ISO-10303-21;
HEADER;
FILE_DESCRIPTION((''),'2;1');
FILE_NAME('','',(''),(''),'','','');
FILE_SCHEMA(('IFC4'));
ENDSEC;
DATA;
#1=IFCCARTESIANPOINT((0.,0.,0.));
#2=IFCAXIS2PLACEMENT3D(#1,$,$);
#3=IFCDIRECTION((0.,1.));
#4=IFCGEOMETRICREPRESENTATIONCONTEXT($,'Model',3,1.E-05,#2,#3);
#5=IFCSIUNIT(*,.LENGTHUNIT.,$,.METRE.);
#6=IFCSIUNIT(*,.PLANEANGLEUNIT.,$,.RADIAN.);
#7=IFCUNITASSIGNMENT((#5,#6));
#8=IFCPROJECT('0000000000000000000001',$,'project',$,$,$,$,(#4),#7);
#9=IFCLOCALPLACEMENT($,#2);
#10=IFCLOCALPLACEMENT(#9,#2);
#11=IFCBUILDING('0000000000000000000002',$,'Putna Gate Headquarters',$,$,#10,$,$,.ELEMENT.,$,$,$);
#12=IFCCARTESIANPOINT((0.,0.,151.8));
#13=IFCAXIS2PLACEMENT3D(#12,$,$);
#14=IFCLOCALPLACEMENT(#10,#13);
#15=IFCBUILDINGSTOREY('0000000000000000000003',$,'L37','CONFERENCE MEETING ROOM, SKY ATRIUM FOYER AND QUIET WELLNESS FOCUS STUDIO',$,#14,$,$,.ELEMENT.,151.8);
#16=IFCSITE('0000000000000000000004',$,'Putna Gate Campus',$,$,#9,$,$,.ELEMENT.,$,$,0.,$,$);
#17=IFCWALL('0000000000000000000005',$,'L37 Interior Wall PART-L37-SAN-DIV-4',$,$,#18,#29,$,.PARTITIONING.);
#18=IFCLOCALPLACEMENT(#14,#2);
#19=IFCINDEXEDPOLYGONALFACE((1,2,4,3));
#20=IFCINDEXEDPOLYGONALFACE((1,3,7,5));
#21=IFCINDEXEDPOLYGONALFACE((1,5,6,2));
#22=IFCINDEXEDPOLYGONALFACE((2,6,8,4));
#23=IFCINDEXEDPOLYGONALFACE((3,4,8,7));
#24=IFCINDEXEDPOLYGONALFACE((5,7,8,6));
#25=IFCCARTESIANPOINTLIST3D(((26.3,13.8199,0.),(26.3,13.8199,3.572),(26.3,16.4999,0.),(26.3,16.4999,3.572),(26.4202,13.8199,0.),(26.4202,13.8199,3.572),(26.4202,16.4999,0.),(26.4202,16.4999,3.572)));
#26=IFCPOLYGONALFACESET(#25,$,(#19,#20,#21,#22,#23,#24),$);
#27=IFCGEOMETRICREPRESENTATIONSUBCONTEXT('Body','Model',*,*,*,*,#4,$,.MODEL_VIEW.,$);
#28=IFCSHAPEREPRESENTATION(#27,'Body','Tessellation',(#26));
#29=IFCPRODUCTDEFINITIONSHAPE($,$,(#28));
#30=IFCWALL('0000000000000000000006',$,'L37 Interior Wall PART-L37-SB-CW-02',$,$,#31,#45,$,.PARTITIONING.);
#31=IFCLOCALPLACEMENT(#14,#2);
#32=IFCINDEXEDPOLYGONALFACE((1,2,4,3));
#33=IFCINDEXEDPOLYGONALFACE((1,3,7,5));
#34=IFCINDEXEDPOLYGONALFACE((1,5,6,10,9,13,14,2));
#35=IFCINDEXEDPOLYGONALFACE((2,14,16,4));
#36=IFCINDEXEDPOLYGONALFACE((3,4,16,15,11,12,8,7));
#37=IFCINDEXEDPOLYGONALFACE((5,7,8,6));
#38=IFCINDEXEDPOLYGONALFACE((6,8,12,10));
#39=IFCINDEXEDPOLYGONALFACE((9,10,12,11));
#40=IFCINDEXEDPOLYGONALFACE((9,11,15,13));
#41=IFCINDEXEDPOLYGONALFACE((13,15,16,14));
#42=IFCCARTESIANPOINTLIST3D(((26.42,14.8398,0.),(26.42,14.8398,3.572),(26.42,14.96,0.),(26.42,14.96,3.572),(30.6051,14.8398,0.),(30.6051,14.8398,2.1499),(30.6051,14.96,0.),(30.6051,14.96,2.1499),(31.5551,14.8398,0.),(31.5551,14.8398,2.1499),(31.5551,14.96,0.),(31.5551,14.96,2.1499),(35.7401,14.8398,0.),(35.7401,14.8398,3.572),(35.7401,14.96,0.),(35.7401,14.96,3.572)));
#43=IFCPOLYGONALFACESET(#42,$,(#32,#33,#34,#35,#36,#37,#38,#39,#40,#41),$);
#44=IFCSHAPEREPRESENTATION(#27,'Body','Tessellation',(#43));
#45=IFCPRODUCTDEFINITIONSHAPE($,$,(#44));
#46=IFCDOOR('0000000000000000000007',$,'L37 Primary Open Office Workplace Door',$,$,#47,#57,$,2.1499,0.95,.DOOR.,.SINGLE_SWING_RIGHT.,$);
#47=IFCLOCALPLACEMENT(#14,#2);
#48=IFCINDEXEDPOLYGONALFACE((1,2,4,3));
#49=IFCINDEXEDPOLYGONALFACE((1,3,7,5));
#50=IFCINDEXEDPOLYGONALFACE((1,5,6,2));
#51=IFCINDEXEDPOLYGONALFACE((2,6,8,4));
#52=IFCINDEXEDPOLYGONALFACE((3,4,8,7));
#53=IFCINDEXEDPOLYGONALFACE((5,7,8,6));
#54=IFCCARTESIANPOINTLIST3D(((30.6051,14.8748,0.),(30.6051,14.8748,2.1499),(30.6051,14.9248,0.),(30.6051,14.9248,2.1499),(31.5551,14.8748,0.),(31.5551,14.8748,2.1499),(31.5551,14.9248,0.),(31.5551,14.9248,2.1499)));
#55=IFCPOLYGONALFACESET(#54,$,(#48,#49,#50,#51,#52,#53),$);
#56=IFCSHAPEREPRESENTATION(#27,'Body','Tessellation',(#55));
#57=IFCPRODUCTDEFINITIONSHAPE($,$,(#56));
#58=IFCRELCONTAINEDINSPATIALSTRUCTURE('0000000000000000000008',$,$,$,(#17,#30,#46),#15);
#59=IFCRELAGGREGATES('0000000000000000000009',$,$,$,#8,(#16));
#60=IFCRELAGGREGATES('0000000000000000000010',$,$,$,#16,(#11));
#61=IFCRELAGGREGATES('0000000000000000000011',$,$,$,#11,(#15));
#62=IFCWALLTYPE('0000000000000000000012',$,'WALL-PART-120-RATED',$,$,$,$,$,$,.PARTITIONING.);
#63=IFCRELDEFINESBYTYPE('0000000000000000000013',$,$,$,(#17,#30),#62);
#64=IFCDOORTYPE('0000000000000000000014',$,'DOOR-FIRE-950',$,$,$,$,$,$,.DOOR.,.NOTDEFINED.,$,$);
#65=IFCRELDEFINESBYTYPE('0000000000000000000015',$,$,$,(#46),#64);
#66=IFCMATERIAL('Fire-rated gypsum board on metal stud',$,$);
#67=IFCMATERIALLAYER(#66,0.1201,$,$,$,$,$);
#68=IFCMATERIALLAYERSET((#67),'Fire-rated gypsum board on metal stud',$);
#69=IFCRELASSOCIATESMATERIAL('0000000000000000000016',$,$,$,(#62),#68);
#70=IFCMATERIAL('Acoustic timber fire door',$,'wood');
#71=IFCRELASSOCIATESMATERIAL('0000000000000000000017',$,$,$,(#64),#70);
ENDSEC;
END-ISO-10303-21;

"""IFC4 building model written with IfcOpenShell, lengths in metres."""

from ifc_helpers import new_model, si_unit, direction, frame, frame_2d, origin, place, context, subcontext, project, spatial, rectangle, extrude, material, layer, layer_set, type_object, element, fill, save


model = new_model("IFC4")

# Units and contexts
model_context = context("Model", 3, precision=1e-05, world=origin(), true_north=direction((0.0, 1.0)))
body_context = subcontext(model_context, "Body", "Model", "MODEL_VIEW")
ifc_project = project(units=[si_unit("LENGTHUNIT", "METRE"), si_unit("PLANEANGLEUNIT", "RADIAN")], contexts=[model_context])

# Site, building, storey
site_placement = place(None, origin())
site = spatial("IfcSite", under=ifc_project, at=site_placement, Name="Putna Gate Campus", CompositionType="ELEMENT", RefElevation=0.0)
building_placement = place(site_placement, origin())
building = spatial("IfcBuilding", under=site, at=building_placement, Name="Putna Gate Headquarters", CompositionType="ELEMENT")
storey_placement = place(building_placement, frame((0.0, 0.0, 151.8)))
storey = spatial("IfcBuildingStorey", under=building, at=storey_placement, Name="L37", Description="CONFERENCE MEETING ROOM, SKY ATRIUM FOYER AND QUIET WELLNESS FOCUS STUDIO", CompositionType="ELEMENT", Elevation=151.8)

# Wall
ifc_material_1 = material(Name="Fire-rated gypsum board on metal stud")
ifc_layer_1 = layer(ifc_material_1, 0.1201)
ifc_layer_set_1 = layer_set([ifc_layer_1], Name="Fire-rated gypsum board on metal stud")
wall_type = type_object("IfcWallType", Name="WALL-PART-120-RATED", PredefinedType="PARTITIONING", material=ifc_layer_set_1)
wall_1_placement = place(storey_placement, frame((26.3601, 13.8201, 0.0), z_axis=(0.0, 0.0, 1.0), x_axis=(0.0, 1.0, 0.0)))
element("IfcWall", 1, at=wall_1_placement, inside=storey, type_object=wall_type, Name="L37 Interior Wall PART-L37-SAN-DIV-4", PredefinedType="PARTITIONING", context=body_context, shape_type="SweptSolid", body=[
    extrude(rectangle(XDim=2.6799, YDim=0.1201, at=frame_2d((1.3398, 0.0))), origin(), (0.0, 0.0, 1.0), 3.572),
])

# Wall, opening, door
wall_2_placement = place(storey_placement, frame((26.4199, 14.8999, 0.0), z_axis=(0.0, 0.0, 1.0), x_axis=(1.0, 0.0, 0.0)))
wall_2 = element("IfcWall", 2, at=wall_2_placement, inside=storey, type_object=wall_type, Name="L37 Interior Wall PART-L37-SB-CW-02", PredefinedType="PARTITIONING", context=body_context, shape_type="SweptSolid", body=[
    extrude(rectangle(XDim=9.3201, YDim=0.1201, at=frame_2d((4.6602, 0.0))), origin(), (0.0, 0.0, 1.0), 3.572),
])
opening_placement = place(wall_2_placement, frame((4.1851, 0.0, 0.0)))
opening = element("IfcOpeningElement", 3, at=opening_placement, cuts=wall_2, PredefinedType="OPENING", context=body_context, shape_type="SweptSolid", body=[
    extrude(rectangle(XDim=0.95, YDim=2.1499, at=frame_2d((0.4751, 1.075))), frame((0.0, 0.0701, 0.0), z_axis=(0.0, -1.0, 0.0), x_axis=(1.0, 0.0, 0.0)), (0.0, 0.0, 1.0), 0.1401),
])
ifc_material_2 = material(Name="Acoustic timber fire door", Category="wood")
door_type = type_object("IfcDoorType", Name="DOOR-FIRE-950", OperationType="NOTDEFINED", PredefinedType="DOOR", material=ifc_material_2)
door_placement = place(opening_placement, origin())
door = element("IfcDoor", 4, at=door_placement, inside=storey, type_object=door_type, Name="L37 Primary Open Office Workplace Door", OperationType="SINGLE_SWING_RIGHT", OverallHeight=2.1499, OverallWidth=0.95, PredefinedType="DOOR", context=body_context, shape_type="SweptSolid", body=[
    extrude(rectangle(XDim=0.95, YDim=2.1499, at=frame_2d((0.4751, 1.075))), frame((0.0, 0.0249, 0.0), z_axis=(0.0, -1.0, 0.0), x_axis=(1.0, 0.0, 0.0)), (0.0, 0.0, 1.0), 0.05),
])
fill(opening, door)

save(model, "model.ifc")
